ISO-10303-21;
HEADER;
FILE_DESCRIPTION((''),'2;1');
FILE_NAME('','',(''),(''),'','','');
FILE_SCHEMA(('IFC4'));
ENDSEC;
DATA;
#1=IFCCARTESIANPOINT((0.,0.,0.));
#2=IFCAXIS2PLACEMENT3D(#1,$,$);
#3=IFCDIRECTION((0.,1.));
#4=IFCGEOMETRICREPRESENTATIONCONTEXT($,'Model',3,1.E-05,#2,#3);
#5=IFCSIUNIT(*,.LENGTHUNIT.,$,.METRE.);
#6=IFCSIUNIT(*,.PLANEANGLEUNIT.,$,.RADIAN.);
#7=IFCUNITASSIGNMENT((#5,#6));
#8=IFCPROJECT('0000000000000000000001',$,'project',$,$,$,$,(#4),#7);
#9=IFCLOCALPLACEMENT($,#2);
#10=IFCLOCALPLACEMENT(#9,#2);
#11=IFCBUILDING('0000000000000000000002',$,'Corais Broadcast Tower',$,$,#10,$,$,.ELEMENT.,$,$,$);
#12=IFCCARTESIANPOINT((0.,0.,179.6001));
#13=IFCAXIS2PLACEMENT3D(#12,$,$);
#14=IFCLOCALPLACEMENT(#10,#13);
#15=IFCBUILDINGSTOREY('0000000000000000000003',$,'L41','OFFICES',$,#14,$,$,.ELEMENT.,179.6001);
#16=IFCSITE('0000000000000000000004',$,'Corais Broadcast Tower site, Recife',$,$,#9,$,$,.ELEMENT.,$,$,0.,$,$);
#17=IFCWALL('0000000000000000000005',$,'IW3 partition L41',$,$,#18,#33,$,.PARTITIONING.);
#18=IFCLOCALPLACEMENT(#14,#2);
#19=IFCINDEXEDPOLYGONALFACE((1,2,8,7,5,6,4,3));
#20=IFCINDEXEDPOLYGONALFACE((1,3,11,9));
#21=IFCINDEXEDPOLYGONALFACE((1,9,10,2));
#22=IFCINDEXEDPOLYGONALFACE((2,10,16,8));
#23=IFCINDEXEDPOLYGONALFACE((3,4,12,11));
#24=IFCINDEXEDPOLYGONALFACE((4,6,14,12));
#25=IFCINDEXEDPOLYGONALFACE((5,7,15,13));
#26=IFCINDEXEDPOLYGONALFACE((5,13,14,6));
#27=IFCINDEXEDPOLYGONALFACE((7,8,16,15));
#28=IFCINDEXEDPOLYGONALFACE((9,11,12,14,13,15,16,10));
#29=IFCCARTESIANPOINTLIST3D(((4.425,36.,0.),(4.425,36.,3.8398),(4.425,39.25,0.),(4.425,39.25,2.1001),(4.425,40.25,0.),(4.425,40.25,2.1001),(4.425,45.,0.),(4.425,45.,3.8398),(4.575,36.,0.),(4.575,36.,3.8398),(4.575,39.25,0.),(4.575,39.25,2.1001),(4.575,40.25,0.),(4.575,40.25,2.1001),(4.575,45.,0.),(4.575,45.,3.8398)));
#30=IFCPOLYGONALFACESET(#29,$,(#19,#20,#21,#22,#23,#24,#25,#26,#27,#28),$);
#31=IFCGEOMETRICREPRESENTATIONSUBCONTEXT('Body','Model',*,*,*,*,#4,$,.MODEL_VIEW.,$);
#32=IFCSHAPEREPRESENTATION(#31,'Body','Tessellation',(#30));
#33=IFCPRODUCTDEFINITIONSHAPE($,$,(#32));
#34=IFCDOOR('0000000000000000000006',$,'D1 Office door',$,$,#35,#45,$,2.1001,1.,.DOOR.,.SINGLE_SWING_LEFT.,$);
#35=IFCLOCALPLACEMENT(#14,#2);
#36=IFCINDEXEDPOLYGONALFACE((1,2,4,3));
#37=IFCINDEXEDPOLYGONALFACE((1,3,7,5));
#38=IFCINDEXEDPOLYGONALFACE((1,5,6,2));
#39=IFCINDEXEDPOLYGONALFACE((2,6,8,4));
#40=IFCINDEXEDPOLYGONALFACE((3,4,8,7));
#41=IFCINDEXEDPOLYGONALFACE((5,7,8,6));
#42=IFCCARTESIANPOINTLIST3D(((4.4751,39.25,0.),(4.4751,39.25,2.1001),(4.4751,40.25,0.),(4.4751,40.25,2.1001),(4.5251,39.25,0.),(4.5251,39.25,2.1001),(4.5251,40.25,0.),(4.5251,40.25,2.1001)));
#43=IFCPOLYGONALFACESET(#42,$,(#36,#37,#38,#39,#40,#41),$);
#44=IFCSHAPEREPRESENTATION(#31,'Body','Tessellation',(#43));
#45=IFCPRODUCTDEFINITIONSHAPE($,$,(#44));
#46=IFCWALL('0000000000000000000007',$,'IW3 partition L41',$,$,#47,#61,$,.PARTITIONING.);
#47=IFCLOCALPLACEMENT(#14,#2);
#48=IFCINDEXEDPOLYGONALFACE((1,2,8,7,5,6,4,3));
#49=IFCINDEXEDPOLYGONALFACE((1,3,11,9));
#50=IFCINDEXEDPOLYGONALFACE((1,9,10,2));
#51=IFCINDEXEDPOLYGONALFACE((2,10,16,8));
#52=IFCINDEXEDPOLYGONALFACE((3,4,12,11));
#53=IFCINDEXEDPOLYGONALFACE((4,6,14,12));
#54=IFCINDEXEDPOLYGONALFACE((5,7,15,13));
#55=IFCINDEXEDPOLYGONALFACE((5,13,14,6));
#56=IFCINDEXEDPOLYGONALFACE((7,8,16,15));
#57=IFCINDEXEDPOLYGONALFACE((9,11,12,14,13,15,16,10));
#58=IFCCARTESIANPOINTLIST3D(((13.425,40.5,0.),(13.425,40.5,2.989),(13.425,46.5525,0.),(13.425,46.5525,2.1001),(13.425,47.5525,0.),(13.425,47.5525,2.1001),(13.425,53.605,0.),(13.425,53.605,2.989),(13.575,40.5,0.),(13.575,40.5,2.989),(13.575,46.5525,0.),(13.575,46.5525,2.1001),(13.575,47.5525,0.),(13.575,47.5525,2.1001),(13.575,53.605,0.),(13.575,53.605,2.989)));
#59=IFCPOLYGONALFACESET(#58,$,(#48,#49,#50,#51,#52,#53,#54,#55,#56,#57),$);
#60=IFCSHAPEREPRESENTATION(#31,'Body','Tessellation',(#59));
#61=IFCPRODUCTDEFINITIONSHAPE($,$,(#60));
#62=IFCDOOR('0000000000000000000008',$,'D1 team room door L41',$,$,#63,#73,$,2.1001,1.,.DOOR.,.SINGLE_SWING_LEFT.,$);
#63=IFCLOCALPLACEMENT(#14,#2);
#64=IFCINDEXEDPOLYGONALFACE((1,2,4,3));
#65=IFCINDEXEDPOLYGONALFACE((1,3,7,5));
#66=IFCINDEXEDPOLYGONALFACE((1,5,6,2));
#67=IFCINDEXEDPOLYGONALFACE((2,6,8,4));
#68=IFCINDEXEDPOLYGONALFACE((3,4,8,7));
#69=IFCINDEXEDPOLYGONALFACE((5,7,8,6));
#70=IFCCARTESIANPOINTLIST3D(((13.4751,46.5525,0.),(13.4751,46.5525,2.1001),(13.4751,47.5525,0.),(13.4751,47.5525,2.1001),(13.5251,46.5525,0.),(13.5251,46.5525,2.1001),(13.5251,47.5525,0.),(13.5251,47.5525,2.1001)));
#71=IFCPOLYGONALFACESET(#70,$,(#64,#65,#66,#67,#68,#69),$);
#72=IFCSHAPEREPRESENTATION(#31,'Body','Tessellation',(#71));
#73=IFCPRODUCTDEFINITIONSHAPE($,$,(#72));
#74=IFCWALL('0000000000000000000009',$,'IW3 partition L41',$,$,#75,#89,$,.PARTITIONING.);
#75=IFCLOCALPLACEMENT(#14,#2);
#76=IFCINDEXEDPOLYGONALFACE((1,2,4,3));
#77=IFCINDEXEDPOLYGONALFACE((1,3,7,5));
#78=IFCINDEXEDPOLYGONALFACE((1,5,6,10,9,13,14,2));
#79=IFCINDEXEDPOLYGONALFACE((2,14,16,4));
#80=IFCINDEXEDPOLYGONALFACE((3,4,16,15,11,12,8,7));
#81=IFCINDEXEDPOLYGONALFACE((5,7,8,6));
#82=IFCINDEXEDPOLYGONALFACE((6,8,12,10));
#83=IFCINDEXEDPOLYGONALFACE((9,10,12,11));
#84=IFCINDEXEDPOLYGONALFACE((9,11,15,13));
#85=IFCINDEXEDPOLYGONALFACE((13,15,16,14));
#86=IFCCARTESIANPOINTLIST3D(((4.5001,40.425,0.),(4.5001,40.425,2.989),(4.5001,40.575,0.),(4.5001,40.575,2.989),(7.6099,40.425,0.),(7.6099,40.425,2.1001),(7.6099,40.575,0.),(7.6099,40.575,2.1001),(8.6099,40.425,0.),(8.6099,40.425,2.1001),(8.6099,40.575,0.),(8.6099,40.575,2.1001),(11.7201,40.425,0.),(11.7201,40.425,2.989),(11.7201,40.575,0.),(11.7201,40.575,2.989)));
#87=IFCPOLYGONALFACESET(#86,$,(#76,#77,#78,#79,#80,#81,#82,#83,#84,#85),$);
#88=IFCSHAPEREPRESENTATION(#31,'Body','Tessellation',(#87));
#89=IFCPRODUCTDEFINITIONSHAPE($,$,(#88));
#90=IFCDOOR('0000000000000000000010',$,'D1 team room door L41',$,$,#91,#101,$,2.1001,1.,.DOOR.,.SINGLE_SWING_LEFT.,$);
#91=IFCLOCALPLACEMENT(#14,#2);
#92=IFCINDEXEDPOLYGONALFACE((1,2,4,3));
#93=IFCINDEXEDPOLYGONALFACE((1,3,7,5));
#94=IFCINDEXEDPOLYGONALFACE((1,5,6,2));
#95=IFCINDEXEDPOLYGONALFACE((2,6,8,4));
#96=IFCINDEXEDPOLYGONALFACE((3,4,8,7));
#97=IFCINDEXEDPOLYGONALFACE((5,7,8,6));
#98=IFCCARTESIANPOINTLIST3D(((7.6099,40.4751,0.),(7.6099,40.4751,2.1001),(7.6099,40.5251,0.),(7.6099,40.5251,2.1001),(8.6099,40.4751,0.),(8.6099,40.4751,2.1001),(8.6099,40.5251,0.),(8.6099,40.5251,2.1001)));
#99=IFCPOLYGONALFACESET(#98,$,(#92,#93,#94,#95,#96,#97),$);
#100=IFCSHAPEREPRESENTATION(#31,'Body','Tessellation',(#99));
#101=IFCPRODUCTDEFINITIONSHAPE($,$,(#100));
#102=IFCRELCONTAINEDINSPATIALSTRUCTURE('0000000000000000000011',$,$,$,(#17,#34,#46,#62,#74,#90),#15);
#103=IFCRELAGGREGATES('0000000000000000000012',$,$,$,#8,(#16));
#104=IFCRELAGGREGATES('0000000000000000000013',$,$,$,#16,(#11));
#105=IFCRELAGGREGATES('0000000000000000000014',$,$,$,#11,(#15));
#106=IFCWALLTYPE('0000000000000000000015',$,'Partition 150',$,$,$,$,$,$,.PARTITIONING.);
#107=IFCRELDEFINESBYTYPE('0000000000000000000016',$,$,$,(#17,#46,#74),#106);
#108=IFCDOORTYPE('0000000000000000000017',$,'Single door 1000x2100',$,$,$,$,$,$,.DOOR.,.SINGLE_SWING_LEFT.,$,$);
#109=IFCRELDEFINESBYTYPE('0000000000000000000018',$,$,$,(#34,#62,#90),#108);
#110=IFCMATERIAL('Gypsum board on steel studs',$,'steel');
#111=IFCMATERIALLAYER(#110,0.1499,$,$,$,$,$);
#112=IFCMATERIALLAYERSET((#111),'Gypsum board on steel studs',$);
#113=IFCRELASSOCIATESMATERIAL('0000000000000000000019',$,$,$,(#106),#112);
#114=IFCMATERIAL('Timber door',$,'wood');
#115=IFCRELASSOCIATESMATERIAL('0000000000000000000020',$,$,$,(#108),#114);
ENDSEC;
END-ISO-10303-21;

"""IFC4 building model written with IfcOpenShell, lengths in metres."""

from ifc_helpers import new_model, si_unit, direction, frame, frame_2d, origin, place, context, subcontext, project, spatial, rectangle, extrude, material, layer, layer_set, type_object, element, fill, save


model = new_model("IFC4")

# Units and contexts
model_context = context("Model", 3, precision=1e-05, world=origin(), true_north=direction((0.0, 1.0)))
body_context = subcontext(model_context, "Body", "Model", "MODEL_VIEW")
ifc_project = project(units=[si_unit("LENGTHUNIT", "METRE"), si_unit("PLANEANGLEUNIT", "RADIAN")], contexts=[model_context])

# Site, building, storey
site_placement = place(None, origin())
site = spatial("IfcSite", under=ifc_project, at=site_placement, Name="Corais Broadcast Tower site, Recife", CompositionType="ELEMENT", RefElevation=0.0)
building_placement = place(site_placement, origin())
building = spatial("IfcBuilding", under=site, at=building_placement, Name="Corais Broadcast Tower", CompositionType="ELEMENT")
storey_placement = place(building_placement, frame((0.0, 0.0, 179.6001)))
storey = spatial("IfcBuildingStorey", under=building, at=storey_placement, Name="L41", Description="OFFICES", CompositionType="ELEMENT", Elevation=179.6001)

# Shared definitions
ifc_material_1 = material(Name="Gypsum board on steel studs", Category="steel")
ifc_layer_1 = layer(ifc_material_1, 0.1499)
ifc_layer_set_1 = layer_set([ifc_layer_1], Name="Gypsum board on steel studs")
wall_type_1 = type_object("IfcWallType", Name="Partition 150", PredefinedType="PARTITIONING", material=ifc_layer_set_1)

# Walls, openings, doors
wall_1_placement = place(storey_placement, frame((4.5, 36.0, 0.0), z_axis=(0.0, 0.0, 1.0), x_axis=(0.0, 1.0, 0.0)))
wall_1 = element("IfcWall", 1, at=wall_1_placement, inside=storey, type_object=wall_type_1, Name="IW3 partition L41", PredefinedType="PARTITIONING", context=body_context, shape_type="SweptSolid", body=[
    extrude(rectangle(XDim=9.0, YDim=0.1499, at=frame_2d((4.5, 0.0))), origin(), (0.0, 0.0, 1.0), 3.8398),
])
opening_1_placement = place(wall_1_placement, frame((3.25, 0.0, 0.0)))
opening_1 = element("IfcOpeningElement", 2, at=opening_1_placement, cuts=wall_1, PredefinedType="OPENING", context=body_context, shape_type="SweptSolid", body=[
    extrude(rectangle(XDim=1.0, YDim=2.1001, at=frame_2d((0.5, 1.05))), frame((0.0, 0.085, 0.0), z_axis=(0.0, -1.0, 0.0), x_axis=(1.0, 0.0, 0.0)), (0.0, 0.0, 1.0), 0.1699),
])
ifc_material_2 = material(Name="Timber door", Category="wood")
door_type_1 = type_object("IfcDoorType", Name="Single door 1000x2100", OperationType="SINGLE_SWING_LEFT", PredefinedType="DOOR", material=ifc_material_2)
door_1_placement = place(opening_1_placement, origin())
door_1 = element("IfcDoor", 3, at=door_1_placement, inside=storey, type_object=door_type_1, Name="D1 Office door", OperationType="SINGLE_SWING_LEFT", OverallHeight=2.1001, OverallWidth=1.0, PredefinedType="DOOR", context=body_context, shape_type="SweptSolid", body=[
    extrude(rectangle(XDim=1.0, YDim=2.1001, at=frame_2d((0.5, 1.05))), frame((0.0, 0.0249, 0.0), z_axis=(0.0, -1.0, 0.0), x_axis=(1.0, 0.0, 0.0)), (0.0, 0.0, 1.0), 0.05),
])
fill(opening_1, door_1)
wall_2_placement = place(storey_placement, frame((13.5, 40.5, 0.0), z_axis=(0.0, 0.0, 1.0), x_axis=(0.0, 1.0, 0.0)))
wall_2 = element("IfcWall", 4, at=wall_2_placement, inside=storey, type_object=wall_type_1, Name="IW3 partition L41", PredefinedType="PARTITIONING", context=body_context, shape_type="SweptSolid", body=[
    extrude(rectangle(XDim=13.105, YDim=0.1499, at=frame_2d((6.5525, 0.0))), origin(), (0.0, 0.0, 1.0), 2.989),
])
opening_2_placement = place(wall_2_placement, frame((6.0525, 0.0, 0.0)))
opening_2 = element("IfcOpeningElement", 5, at=opening_2_placement, cuts=wall_2, PredefinedType="OPENING", context=body_context, shape_type="SweptSolid", body=[
    extrude(rectangle(XDim=1.0, YDim=2.1001, at=frame_2d((0.5, 1.05))), frame((0.0, 0.085, 0.0), z_axis=(0.0, -1.0, 0.0), x_axis=(1.0, 0.0, 0.0)), (0.0, 0.0, 1.0), 0.1699),
])
door_2_placement = place(opening_2_placement, origin())
door_2 = element("IfcDoor", 6, at=door_2_placement, inside=storey, type_object=door_type_1, Name="D1 team room door L41", OperationType="SINGLE_SWING_LEFT", OverallHeight=2.1001, OverallWidth=1.0, PredefinedType="DOOR", context=body_context, shape_type="SweptSolid", body=[
    extrude(rectangle(XDim=1.0, YDim=2.1001, at=frame_2d((0.5, 1.05))), frame((0.0, 0.0249, 0.0), z_axis=(0.0, -1.0, 0.0), x_axis=(1.0, 0.0, 0.0)), (0.0, 0.0, 1.0), 0.05),
])
fill(opening_2, door_2)
wall_3_placement = place(storey_placement, frame((11.72, 40.5, 0.0), z_axis=(0.0, 0.0, 1.0), x_axis=(-1.0, 0.0, 0.0)))
wall_3 = element("IfcWall", 7, at=wall_3_placement, inside=storey, type_object=wall_type_1, Name="IW3 partition L41", PredefinedType="PARTITIONING", context=body_context, shape_type="SweptSolid", body=[
    extrude(rectangle(XDim=7.22, YDim=0.1499, at=frame_2d((3.6099, 0.0))), origin(), (0.0, 0.0, 1.0), 2.989),
])
opening_3_placement = place(wall_3_placement, frame((3.1101, 0.0, 0.0)))
opening_3 = element("IfcOpeningElement", 8, at=opening_3_placement, cuts=wall_3, PredefinedType="OPENING", context=body_context, shape_type="SweptSolid", body=[
    extrude(rectangle(XDim=1.0, YDim=2.1001, at=frame_2d((0.5, 1.05))), frame((0.0, 0.085, 0.0), z_axis=(0.0, -1.0, 0.0), x_axis=(1.0, 0.0, 0.0)), (0.0, 0.0, 1.0), 0.1699),
])
door_3_placement = place(opening_3_placement, origin())
door_3 = element("IfcDoor", 9, at=door_3_placement, inside=storey, type_object=door_type_1, Name="D1 team room door L41", OperationType="SINGLE_SWING_LEFT", OverallHeight=2.1001, OverallWidth=1.0, PredefinedType="DOOR", context=body_context, shape_type="SweptSolid", body=[
    extrude(rectangle(XDim=1.0, YDim=2.1001, at=frame_2d((0.5, 1.05))), frame((0.0, 0.0249, 0.0), z_axis=(0.0, -1.0, 0.0), x_axis=(1.0, 0.0, 0.0)), (0.0, 0.0, 1.0), 0.05),
])
fill(opening_3, door_3)

save(model, "model.ifc")
